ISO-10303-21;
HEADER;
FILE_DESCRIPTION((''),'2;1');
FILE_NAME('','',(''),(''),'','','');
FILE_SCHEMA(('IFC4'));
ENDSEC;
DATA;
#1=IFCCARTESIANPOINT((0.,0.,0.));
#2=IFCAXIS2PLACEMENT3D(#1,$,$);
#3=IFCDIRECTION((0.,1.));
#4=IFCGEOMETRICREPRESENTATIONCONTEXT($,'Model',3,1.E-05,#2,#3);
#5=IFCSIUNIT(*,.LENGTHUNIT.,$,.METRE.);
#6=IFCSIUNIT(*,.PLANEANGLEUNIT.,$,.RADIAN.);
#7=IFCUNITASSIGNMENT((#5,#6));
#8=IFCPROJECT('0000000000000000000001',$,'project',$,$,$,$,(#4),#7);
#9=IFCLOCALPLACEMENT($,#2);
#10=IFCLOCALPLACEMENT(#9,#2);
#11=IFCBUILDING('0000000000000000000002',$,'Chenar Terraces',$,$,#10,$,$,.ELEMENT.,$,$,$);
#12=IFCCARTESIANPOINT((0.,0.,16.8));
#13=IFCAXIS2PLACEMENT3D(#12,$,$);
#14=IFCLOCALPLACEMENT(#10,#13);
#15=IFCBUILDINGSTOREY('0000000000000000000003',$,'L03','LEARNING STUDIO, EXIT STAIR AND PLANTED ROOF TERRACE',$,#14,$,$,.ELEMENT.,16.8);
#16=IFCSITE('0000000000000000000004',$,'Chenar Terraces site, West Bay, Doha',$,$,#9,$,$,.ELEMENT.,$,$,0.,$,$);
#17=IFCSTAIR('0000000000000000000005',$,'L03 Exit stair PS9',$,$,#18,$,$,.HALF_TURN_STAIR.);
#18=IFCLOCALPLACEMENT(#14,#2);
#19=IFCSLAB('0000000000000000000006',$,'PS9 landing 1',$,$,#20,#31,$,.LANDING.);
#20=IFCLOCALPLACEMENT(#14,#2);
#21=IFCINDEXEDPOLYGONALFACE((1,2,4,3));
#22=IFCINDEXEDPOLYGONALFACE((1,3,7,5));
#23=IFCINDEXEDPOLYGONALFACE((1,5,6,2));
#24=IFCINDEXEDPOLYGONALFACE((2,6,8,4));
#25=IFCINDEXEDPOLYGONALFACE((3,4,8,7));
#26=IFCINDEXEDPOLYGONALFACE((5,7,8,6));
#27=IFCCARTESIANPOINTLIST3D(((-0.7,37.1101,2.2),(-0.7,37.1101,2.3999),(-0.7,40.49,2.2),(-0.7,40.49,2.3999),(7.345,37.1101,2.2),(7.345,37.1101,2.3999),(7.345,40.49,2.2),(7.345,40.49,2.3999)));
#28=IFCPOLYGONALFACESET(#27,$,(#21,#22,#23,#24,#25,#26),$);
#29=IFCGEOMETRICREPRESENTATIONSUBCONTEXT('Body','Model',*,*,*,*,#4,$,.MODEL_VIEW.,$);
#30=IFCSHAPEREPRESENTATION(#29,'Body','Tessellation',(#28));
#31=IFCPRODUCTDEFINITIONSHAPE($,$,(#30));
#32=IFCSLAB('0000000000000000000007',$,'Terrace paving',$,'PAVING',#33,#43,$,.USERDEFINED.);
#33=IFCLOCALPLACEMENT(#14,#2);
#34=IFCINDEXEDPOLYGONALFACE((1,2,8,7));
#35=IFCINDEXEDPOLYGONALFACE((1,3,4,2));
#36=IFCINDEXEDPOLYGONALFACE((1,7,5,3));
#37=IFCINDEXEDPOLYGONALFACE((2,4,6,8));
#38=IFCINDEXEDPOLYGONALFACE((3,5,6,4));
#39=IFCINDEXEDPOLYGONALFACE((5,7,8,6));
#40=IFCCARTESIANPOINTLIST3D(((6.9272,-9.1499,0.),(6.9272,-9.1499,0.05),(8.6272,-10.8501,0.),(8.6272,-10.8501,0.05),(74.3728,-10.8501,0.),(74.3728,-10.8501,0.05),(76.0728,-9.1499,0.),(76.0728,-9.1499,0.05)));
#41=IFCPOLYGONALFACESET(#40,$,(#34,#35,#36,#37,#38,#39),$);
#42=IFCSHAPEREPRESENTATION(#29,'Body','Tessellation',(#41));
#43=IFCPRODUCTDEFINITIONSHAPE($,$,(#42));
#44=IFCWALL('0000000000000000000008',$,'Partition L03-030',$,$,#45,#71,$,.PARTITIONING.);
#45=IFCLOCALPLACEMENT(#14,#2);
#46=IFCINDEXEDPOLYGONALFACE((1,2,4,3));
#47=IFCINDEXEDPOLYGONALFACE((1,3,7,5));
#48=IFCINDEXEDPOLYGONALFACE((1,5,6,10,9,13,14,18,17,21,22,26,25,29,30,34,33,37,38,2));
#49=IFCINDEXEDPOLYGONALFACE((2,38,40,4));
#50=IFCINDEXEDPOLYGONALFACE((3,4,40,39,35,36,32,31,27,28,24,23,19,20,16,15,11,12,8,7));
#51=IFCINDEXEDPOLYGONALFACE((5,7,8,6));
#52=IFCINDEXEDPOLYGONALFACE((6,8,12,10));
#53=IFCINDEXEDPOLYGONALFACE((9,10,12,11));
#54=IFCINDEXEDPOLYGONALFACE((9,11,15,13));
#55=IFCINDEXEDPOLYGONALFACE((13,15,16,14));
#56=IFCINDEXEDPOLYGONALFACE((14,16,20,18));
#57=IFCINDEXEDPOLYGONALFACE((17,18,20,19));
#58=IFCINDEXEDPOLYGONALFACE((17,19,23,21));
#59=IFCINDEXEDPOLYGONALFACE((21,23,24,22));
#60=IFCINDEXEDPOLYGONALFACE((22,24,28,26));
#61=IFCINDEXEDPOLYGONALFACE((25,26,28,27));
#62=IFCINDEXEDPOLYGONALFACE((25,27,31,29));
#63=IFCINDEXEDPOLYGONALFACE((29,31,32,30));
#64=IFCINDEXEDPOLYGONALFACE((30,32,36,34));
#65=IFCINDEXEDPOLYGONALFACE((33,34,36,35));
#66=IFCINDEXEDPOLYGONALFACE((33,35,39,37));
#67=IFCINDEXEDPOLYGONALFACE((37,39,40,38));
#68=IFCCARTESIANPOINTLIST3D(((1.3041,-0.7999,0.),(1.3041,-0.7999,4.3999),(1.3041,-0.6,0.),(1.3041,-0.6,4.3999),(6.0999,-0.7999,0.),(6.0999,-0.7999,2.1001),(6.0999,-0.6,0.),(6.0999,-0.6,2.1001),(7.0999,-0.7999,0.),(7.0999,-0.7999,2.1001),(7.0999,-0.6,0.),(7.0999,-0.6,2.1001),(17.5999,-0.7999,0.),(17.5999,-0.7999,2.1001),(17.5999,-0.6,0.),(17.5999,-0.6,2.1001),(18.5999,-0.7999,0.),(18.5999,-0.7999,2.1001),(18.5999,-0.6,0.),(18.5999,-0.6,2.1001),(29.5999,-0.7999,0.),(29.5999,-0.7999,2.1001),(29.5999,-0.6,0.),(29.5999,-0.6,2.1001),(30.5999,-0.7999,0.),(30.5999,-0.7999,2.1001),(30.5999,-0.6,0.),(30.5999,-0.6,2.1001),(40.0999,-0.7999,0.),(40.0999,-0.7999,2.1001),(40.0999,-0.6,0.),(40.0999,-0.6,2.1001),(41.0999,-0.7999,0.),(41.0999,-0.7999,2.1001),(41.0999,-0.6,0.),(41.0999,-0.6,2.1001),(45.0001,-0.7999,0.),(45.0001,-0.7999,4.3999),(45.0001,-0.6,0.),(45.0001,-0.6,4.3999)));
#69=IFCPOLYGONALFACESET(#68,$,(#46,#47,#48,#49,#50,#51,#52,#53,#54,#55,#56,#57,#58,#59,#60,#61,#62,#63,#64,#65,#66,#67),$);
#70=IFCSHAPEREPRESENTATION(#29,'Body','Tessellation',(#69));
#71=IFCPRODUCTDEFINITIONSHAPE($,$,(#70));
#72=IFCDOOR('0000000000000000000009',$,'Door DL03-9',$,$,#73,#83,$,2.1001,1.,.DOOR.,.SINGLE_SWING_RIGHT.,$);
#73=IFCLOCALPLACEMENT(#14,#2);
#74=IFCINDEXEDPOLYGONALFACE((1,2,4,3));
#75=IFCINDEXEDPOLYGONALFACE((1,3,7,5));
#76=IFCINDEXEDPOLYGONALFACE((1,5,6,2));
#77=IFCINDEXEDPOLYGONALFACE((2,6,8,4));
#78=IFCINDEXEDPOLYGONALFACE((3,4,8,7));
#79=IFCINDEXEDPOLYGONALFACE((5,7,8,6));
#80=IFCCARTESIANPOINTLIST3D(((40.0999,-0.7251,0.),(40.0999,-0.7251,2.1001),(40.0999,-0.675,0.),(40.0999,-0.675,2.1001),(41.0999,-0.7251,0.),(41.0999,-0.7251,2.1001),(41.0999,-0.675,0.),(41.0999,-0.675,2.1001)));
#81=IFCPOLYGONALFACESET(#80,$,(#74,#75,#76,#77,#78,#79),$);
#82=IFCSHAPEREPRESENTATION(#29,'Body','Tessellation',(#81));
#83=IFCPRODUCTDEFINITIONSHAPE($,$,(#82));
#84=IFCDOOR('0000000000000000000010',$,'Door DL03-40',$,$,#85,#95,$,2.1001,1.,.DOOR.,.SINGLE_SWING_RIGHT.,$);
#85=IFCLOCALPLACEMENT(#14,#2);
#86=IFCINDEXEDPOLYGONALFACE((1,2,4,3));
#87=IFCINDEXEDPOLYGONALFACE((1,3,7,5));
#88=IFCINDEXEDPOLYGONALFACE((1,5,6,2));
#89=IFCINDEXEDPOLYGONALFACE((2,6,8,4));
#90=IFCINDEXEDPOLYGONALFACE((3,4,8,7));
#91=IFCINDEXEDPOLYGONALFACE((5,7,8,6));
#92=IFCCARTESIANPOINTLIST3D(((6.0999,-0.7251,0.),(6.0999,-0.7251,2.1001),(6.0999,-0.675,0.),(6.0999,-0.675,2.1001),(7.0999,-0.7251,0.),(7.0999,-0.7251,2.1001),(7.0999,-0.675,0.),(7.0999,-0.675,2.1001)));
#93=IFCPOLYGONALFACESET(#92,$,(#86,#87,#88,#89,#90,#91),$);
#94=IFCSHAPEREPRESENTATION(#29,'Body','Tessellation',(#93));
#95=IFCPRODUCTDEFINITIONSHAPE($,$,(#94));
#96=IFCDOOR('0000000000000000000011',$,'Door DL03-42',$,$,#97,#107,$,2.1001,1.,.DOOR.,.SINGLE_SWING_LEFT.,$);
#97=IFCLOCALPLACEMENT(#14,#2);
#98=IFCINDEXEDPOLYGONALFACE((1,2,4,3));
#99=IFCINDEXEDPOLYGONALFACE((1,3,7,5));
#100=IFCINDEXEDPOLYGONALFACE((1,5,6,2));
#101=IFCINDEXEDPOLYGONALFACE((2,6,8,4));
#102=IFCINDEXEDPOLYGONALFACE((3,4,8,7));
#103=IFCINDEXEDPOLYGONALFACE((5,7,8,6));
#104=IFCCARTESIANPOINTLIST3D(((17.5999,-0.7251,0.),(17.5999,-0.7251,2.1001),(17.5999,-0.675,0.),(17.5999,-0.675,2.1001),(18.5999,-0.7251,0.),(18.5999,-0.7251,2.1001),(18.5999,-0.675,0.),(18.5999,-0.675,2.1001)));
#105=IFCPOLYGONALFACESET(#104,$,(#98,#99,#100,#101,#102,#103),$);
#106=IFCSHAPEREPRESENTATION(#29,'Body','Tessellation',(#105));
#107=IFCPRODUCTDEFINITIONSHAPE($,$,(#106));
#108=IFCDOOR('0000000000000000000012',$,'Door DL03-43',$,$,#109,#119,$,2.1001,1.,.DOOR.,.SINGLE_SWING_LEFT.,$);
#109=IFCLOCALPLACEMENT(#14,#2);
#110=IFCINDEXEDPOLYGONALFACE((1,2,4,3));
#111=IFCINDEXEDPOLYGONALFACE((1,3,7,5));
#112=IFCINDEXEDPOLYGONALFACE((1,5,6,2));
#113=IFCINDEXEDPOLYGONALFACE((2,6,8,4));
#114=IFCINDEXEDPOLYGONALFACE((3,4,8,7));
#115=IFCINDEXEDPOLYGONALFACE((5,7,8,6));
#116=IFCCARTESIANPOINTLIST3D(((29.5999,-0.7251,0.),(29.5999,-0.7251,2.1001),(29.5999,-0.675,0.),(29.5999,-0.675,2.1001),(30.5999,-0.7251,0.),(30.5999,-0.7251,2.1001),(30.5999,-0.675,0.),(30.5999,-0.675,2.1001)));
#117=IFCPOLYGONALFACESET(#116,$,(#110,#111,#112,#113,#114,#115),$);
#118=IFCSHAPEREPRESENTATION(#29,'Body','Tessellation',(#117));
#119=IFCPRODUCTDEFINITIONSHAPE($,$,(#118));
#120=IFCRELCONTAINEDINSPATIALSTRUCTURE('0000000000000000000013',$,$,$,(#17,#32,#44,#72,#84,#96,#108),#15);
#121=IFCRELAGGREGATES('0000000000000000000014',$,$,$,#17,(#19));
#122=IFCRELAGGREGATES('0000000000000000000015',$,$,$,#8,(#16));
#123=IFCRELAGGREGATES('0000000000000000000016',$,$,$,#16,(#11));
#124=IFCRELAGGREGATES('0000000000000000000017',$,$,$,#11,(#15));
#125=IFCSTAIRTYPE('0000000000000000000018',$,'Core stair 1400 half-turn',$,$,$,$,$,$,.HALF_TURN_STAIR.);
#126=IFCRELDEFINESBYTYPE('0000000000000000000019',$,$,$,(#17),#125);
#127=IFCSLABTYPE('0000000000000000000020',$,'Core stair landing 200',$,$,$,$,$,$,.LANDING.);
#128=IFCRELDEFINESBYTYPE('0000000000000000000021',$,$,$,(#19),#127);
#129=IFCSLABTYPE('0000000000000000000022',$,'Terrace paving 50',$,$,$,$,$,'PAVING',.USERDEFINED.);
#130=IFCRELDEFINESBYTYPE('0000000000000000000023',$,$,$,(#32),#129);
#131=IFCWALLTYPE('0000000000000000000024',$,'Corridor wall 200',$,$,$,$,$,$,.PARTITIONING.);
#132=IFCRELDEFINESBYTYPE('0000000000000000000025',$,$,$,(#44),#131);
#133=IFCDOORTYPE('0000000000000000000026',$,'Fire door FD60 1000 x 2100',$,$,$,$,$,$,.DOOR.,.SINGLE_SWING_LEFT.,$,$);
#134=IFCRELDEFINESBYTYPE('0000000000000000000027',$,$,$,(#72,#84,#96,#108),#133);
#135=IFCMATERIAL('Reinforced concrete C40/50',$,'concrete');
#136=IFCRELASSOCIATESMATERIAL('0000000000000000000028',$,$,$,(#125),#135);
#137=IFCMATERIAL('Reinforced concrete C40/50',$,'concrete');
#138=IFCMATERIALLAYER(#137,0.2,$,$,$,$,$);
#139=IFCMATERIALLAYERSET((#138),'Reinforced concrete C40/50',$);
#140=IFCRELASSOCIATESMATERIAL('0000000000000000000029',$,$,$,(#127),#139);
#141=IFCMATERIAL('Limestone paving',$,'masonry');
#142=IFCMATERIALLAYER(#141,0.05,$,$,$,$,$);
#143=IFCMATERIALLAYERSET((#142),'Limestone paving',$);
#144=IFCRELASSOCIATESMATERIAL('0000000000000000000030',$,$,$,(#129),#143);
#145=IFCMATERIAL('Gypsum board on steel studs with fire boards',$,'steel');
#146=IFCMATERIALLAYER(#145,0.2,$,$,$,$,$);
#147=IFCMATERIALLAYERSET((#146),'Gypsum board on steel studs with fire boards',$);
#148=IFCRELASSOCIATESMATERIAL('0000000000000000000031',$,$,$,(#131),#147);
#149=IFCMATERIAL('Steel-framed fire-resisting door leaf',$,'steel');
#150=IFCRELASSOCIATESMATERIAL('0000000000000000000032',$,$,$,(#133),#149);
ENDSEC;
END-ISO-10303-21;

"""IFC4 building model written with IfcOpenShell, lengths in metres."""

from ifc_helpers import new_model, si_unit, direction, frame, frame_2d, origin, place, context, subcontext, project, spatial, polyline, rectangle, outline, extrude, material, layer, layer_set, type_object, element, fill, aggregate, save


model = new_model("IFC4")

# Units and contexts
model_context = context("Model", 3, precision=1e-05, world=origin(), true_north=direction((0.0, 1.0)))
body_context = subcontext(model_context, "Body", "Model", "MODEL_VIEW")
ifc_project = project(units=[si_unit("LENGTHUNIT", "METRE"), si_unit("PLANEANGLEUNIT", "RADIAN")], contexts=[model_context])

# Site, building, storey
site_placement = place(None, origin())
site = spatial("IfcSite", under=ifc_project, at=site_placement, Name="Chenar Terraces site, West Bay, Doha", CompositionType="ELEMENT", RefElevation=0.0)
building_placement = place(site_placement, origin())
building = spatial("IfcBuilding", under=site, at=building_placement, Name="Chenar Terraces", CompositionType="ELEMENT")
storey_placement = place(building_placement, frame((0.0, 0.0, 16.8)))
storey = spatial("IfcBuildingStorey", under=building, at=storey_placement, Name="L03", Description="LEARNING STUDIO, EXIT STAIR AND PLANTED ROOF TERRACE", CompositionType="ELEMENT", Elevation=16.8)

# Shared definitions
placement_1 = place(storey_placement, origin())

# Stair, slab
ifc_material_1 = material(Name="Reinforced concrete C40/50", Category="concrete")
stair_type = type_object("IfcStairType", Name="Core stair 1400 half-turn", PredefinedType="HALF_TURN_STAIR", material=ifc_material_1)
ifc_material_2 = material(Name="Reinforced concrete C40/50", Category="concrete")
ifc_layer_1 = layer(ifc_material_2, 0.2)
ifc_layer_set_1 = layer_set([ifc_layer_1], Name="Reinforced concrete C40/50")
slab_type_1 = type_object("IfcSlabType", Name="Core stair landing 200", PredefinedType="LANDING", material=ifc_layer_set_1)
placement_2 = place(storey_placement, frame((0.0, 0.0, 2.2)))
stair_1 = element("IfcStair", 1, at=placement_1, inside=storey, type_object=stair_type, Name="L03 Exit stair PS9", PredefinedType="HALF_TURN_STAIR")
slab_1 = element("IfcSlab", 2, at=placement_2, type_object=slab_type_1, Name="PS9 landing 1", PredefinedType="LANDING", context=body_context, shape_type="SweptSolid", body=[
    extrude(outline(polyline([(7.345, 40.49), (-0.7, 40.49), (-0.7, 37.1101), (7.345, 37.1101), (7.345, 40.49)])), origin(), (0.0, 0.0, 1.0), 0.2),
])
aggregate(stair_1, [slab_1])

# Slab
ifc_material_3 = material(Name="Limestone paving", Category="masonry")
ifc_layer_2 = layer(ifc_material_3, 0.05)
ifc_layer_set_2 = layer_set([ifc_layer_2], Name="Limestone paving")
slab_type_2 = type_object("IfcSlabType", Name="Terrace paving 50", ElementType="PAVING", PredefinedType="USERDEFINED", material=ifc_layer_set_2)
element("IfcSlab", 3, at=placement_1, inside=storey, type_object=slab_type_2, Name="Terrace paving", ObjectType="PAVING", PredefinedType="USERDEFINED", context=body_context, shape_type="SweptSolid", body=[
    extrude(outline(polyline([(74.3728, -10.8501), (8.6272, -10.8501), (6.9272, -9.1499), (76.0728, -9.1499), (74.3728, -10.8501)])), origin(), (0.0, 0.0, 1.0), 0.05),
])

# Wall, openings, doors
ifc_material_4 = material(Name="Gypsum board on steel studs with fire boards", Category="steel")
ifc_layer_3 = layer(ifc_material_4, 0.2)
ifc_layer_set_3 = layer_set([ifc_layer_3], Name="Gypsum board on steel studs with fire boards")
wall_type = type_object("IfcWallType", Name="Corridor wall 200", PredefinedType="PARTITIONING", material=ifc_layer_set_3)
wall_placement = place(storey_placement, frame((1.304, -0.7, 0.0), z_axis=(0.0, 0.0, 1.0), x_axis=(1.0, 0.0, 0.0)))
wall = element("IfcWall", 4, at=wall_placement, inside=storey, type_object=wall_type, Name="Partition L03-030", PredefinedType="PARTITIONING", context=body_context, shape_type="SweptSolid", body=[
    extrude(rectangle(XDim=43.696, YDim=0.2, at=frame_2d((21.8481, 0.0))), origin(), (0.0, 0.0, 1.0), 4.3999),
])
opening_1_placement = place(wall_placement, frame((38.7959, 0.0, 0.0)))
opening_1 = element("IfcOpeningElement", 5, at=opening_1_placement, cuts=wall, PredefinedType="OPENING", context=body_context, shape_type="SweptSolid", body=[
    extrude(rectangle(XDim=1.0, YDim=2.1001, at=frame_2d((0.5, 1.05))), frame((0.0, 0.1099, 0.0), z_axis=(0.0, -1.0, 0.0), x_axis=(1.0, 0.0, 0.0)), (0.0, 0.0, 1.0), 0.22),
])
opening_2_placement = place(wall_placement, frame((4.7959, 0.0, 0.0)))
opening_2 = element("IfcOpeningElement", 6, at=opening_2_placement, cuts=wall, PredefinedType="OPENING", context=body_context, shape_type="SweptSolid", body=[
    extrude(rectangle(XDim=1.0, YDim=2.1001, at=frame_2d((0.5, 1.05))), frame((0.0, 0.1099, 0.0), z_axis=(0.0, -1.0, 0.0), x_axis=(1.0, 0.0, 0.0)), (0.0, 0.0, 1.0), 0.22),
])
opening_3_placement = place(wall_placement, frame((16.2959, 0.0, 0.0)))
opening_3 = element("IfcOpeningElement", 7, at=opening_3_placement, cuts=wall, PredefinedType="OPENING", context=body_context, shape_type="SweptSolid", body=[
    extrude(rectangle(XDim=1.0, YDim=2.1001, at=frame_2d((0.5, 1.05))), frame((0.0, 0.1099, 0.0), z_axis=(0.0, -1.0, 0.0), x_axis=(1.0, 0.0, 0.0)), (0.0, 0.0, 1.0), 0.22),
])
opening_4_placement = place(wall_placement, frame((28.2959, 0.0, 0.0)))
opening_4 = element("IfcOpeningElement", 8, at=opening_4_placement, cuts=wall, PredefinedType="OPENING", context=body_context, shape_type="SweptSolid", body=[
    extrude(rectangle(XDim=1.0, YDim=2.1001, at=frame_2d((0.5, 1.05))), frame((0.0, 0.1099, 0.0), z_axis=(0.0, -1.0, 0.0), x_axis=(1.0, 0.0, 0.0)), (0.0, 0.0, 1.0), 0.22),
])
ifc_material_5 = material(Name="Steel-framed fire-resisting door leaf", Category="steel")
door_type = type_object("IfcDoorType", Name="Fire door FD60 1000 x 2100", OperationType="SINGLE_SWING_LEFT", PredefinedType="DOOR", material=ifc_material_5)
door_1_placement = place(opening_1_placement, origin())
door_1 = element("IfcDoor", 9, at=door_1_placement, inside=storey, type_object=door_type, Name="Door DL03-9", OperationType="SINGLE_SWING_RIGHT", OverallHeight=2.1001, OverallWidth=1.0, PredefinedType="DOOR", context=body_context, shape_type="SweptSolid", body=[
    extrude(rectangle(XDim=1.0, YDim=2.1001, at=frame_2d((0.5, 1.05))), frame((0.0, 0.0249, 0.0), z_axis=(0.0, -1.0, 0.0), x_axis=(1.0, 0.0, 0.0)), (0.0, 0.0, 1.0), 0.05),
])
fill(opening_1, door_1)
door_2_placement = place(opening_2_placement, origin())
door_2 = element("IfcDoor", 10, at=door_2_placement, inside=storey, type_object=door_type, Name="Door DL03-40", OperationType="SINGLE_SWING_RIGHT", OverallHeight=2.1001, OverallWidth=1.0, PredefinedType="DOOR", context=body_context, shape_type="SweptSolid", body=[
    extrude(rectangle(XDim=1.0, YDim=2.1001, at=frame_2d((0.5, 1.05))), frame((0.0, 0.0249, 0.0), z_axis=(0.0, -1.0, 0.0), x_axis=(1.0, 0.0, 0.0)), (0.0, 0.0, 1.0), 0.05),
])
fill(opening_2, door_2)
door_3_placement = place(opening_3_placement, origin())
door_3 = element("IfcDoor", 11, at=door_3_placement, inside=storey, type_object=door_type, Name="Door DL03-42", OperationType="SINGLE_SWING_LEFT", OverallHeight=2.1001, OverallWidth=1.0, PredefinedType="DOOR", context=body_context, shape_type="SweptSolid", body=[
    extrude(rectangle(XDim=1.0, YDim=2.1001, at=frame_2d((0.5, 1.05))), frame((0.0, 0.0249, 0.0), z_axis=(0.0, -1.0, 0.0), x_axis=(1.0, 0.0, 0.0)), (0.0, 0.0, 1.0), 0.05),
])
fill(opening_3, door_3)
door_4_placement = place(opening_4_placement, origin())
door_4 = element("IfcDoor", 12, at=door_4_placement, inside=storey, type_object=door_type, Name="Door DL03-43", OperationType="SINGLE_SWING_LEFT", OverallHeight=2.1001, OverallWidth=1.0, PredefinedType="DOOR", context=body_context, shape_type="SweptSolid", body=[
    extrude(rectangle(XDim=1.0, YDim=2.1001, at=frame_2d((0.5, 1.05))), frame((0.0, 0.0249, 0.0), z_axis=(0.0, -1.0, 0.0), x_axis=(1.0, 0.0, 0.0)), (0.0, 0.0, 1.0), 0.05),
])
fill(opening_4, door_4)

save(model, "model.ifc")
